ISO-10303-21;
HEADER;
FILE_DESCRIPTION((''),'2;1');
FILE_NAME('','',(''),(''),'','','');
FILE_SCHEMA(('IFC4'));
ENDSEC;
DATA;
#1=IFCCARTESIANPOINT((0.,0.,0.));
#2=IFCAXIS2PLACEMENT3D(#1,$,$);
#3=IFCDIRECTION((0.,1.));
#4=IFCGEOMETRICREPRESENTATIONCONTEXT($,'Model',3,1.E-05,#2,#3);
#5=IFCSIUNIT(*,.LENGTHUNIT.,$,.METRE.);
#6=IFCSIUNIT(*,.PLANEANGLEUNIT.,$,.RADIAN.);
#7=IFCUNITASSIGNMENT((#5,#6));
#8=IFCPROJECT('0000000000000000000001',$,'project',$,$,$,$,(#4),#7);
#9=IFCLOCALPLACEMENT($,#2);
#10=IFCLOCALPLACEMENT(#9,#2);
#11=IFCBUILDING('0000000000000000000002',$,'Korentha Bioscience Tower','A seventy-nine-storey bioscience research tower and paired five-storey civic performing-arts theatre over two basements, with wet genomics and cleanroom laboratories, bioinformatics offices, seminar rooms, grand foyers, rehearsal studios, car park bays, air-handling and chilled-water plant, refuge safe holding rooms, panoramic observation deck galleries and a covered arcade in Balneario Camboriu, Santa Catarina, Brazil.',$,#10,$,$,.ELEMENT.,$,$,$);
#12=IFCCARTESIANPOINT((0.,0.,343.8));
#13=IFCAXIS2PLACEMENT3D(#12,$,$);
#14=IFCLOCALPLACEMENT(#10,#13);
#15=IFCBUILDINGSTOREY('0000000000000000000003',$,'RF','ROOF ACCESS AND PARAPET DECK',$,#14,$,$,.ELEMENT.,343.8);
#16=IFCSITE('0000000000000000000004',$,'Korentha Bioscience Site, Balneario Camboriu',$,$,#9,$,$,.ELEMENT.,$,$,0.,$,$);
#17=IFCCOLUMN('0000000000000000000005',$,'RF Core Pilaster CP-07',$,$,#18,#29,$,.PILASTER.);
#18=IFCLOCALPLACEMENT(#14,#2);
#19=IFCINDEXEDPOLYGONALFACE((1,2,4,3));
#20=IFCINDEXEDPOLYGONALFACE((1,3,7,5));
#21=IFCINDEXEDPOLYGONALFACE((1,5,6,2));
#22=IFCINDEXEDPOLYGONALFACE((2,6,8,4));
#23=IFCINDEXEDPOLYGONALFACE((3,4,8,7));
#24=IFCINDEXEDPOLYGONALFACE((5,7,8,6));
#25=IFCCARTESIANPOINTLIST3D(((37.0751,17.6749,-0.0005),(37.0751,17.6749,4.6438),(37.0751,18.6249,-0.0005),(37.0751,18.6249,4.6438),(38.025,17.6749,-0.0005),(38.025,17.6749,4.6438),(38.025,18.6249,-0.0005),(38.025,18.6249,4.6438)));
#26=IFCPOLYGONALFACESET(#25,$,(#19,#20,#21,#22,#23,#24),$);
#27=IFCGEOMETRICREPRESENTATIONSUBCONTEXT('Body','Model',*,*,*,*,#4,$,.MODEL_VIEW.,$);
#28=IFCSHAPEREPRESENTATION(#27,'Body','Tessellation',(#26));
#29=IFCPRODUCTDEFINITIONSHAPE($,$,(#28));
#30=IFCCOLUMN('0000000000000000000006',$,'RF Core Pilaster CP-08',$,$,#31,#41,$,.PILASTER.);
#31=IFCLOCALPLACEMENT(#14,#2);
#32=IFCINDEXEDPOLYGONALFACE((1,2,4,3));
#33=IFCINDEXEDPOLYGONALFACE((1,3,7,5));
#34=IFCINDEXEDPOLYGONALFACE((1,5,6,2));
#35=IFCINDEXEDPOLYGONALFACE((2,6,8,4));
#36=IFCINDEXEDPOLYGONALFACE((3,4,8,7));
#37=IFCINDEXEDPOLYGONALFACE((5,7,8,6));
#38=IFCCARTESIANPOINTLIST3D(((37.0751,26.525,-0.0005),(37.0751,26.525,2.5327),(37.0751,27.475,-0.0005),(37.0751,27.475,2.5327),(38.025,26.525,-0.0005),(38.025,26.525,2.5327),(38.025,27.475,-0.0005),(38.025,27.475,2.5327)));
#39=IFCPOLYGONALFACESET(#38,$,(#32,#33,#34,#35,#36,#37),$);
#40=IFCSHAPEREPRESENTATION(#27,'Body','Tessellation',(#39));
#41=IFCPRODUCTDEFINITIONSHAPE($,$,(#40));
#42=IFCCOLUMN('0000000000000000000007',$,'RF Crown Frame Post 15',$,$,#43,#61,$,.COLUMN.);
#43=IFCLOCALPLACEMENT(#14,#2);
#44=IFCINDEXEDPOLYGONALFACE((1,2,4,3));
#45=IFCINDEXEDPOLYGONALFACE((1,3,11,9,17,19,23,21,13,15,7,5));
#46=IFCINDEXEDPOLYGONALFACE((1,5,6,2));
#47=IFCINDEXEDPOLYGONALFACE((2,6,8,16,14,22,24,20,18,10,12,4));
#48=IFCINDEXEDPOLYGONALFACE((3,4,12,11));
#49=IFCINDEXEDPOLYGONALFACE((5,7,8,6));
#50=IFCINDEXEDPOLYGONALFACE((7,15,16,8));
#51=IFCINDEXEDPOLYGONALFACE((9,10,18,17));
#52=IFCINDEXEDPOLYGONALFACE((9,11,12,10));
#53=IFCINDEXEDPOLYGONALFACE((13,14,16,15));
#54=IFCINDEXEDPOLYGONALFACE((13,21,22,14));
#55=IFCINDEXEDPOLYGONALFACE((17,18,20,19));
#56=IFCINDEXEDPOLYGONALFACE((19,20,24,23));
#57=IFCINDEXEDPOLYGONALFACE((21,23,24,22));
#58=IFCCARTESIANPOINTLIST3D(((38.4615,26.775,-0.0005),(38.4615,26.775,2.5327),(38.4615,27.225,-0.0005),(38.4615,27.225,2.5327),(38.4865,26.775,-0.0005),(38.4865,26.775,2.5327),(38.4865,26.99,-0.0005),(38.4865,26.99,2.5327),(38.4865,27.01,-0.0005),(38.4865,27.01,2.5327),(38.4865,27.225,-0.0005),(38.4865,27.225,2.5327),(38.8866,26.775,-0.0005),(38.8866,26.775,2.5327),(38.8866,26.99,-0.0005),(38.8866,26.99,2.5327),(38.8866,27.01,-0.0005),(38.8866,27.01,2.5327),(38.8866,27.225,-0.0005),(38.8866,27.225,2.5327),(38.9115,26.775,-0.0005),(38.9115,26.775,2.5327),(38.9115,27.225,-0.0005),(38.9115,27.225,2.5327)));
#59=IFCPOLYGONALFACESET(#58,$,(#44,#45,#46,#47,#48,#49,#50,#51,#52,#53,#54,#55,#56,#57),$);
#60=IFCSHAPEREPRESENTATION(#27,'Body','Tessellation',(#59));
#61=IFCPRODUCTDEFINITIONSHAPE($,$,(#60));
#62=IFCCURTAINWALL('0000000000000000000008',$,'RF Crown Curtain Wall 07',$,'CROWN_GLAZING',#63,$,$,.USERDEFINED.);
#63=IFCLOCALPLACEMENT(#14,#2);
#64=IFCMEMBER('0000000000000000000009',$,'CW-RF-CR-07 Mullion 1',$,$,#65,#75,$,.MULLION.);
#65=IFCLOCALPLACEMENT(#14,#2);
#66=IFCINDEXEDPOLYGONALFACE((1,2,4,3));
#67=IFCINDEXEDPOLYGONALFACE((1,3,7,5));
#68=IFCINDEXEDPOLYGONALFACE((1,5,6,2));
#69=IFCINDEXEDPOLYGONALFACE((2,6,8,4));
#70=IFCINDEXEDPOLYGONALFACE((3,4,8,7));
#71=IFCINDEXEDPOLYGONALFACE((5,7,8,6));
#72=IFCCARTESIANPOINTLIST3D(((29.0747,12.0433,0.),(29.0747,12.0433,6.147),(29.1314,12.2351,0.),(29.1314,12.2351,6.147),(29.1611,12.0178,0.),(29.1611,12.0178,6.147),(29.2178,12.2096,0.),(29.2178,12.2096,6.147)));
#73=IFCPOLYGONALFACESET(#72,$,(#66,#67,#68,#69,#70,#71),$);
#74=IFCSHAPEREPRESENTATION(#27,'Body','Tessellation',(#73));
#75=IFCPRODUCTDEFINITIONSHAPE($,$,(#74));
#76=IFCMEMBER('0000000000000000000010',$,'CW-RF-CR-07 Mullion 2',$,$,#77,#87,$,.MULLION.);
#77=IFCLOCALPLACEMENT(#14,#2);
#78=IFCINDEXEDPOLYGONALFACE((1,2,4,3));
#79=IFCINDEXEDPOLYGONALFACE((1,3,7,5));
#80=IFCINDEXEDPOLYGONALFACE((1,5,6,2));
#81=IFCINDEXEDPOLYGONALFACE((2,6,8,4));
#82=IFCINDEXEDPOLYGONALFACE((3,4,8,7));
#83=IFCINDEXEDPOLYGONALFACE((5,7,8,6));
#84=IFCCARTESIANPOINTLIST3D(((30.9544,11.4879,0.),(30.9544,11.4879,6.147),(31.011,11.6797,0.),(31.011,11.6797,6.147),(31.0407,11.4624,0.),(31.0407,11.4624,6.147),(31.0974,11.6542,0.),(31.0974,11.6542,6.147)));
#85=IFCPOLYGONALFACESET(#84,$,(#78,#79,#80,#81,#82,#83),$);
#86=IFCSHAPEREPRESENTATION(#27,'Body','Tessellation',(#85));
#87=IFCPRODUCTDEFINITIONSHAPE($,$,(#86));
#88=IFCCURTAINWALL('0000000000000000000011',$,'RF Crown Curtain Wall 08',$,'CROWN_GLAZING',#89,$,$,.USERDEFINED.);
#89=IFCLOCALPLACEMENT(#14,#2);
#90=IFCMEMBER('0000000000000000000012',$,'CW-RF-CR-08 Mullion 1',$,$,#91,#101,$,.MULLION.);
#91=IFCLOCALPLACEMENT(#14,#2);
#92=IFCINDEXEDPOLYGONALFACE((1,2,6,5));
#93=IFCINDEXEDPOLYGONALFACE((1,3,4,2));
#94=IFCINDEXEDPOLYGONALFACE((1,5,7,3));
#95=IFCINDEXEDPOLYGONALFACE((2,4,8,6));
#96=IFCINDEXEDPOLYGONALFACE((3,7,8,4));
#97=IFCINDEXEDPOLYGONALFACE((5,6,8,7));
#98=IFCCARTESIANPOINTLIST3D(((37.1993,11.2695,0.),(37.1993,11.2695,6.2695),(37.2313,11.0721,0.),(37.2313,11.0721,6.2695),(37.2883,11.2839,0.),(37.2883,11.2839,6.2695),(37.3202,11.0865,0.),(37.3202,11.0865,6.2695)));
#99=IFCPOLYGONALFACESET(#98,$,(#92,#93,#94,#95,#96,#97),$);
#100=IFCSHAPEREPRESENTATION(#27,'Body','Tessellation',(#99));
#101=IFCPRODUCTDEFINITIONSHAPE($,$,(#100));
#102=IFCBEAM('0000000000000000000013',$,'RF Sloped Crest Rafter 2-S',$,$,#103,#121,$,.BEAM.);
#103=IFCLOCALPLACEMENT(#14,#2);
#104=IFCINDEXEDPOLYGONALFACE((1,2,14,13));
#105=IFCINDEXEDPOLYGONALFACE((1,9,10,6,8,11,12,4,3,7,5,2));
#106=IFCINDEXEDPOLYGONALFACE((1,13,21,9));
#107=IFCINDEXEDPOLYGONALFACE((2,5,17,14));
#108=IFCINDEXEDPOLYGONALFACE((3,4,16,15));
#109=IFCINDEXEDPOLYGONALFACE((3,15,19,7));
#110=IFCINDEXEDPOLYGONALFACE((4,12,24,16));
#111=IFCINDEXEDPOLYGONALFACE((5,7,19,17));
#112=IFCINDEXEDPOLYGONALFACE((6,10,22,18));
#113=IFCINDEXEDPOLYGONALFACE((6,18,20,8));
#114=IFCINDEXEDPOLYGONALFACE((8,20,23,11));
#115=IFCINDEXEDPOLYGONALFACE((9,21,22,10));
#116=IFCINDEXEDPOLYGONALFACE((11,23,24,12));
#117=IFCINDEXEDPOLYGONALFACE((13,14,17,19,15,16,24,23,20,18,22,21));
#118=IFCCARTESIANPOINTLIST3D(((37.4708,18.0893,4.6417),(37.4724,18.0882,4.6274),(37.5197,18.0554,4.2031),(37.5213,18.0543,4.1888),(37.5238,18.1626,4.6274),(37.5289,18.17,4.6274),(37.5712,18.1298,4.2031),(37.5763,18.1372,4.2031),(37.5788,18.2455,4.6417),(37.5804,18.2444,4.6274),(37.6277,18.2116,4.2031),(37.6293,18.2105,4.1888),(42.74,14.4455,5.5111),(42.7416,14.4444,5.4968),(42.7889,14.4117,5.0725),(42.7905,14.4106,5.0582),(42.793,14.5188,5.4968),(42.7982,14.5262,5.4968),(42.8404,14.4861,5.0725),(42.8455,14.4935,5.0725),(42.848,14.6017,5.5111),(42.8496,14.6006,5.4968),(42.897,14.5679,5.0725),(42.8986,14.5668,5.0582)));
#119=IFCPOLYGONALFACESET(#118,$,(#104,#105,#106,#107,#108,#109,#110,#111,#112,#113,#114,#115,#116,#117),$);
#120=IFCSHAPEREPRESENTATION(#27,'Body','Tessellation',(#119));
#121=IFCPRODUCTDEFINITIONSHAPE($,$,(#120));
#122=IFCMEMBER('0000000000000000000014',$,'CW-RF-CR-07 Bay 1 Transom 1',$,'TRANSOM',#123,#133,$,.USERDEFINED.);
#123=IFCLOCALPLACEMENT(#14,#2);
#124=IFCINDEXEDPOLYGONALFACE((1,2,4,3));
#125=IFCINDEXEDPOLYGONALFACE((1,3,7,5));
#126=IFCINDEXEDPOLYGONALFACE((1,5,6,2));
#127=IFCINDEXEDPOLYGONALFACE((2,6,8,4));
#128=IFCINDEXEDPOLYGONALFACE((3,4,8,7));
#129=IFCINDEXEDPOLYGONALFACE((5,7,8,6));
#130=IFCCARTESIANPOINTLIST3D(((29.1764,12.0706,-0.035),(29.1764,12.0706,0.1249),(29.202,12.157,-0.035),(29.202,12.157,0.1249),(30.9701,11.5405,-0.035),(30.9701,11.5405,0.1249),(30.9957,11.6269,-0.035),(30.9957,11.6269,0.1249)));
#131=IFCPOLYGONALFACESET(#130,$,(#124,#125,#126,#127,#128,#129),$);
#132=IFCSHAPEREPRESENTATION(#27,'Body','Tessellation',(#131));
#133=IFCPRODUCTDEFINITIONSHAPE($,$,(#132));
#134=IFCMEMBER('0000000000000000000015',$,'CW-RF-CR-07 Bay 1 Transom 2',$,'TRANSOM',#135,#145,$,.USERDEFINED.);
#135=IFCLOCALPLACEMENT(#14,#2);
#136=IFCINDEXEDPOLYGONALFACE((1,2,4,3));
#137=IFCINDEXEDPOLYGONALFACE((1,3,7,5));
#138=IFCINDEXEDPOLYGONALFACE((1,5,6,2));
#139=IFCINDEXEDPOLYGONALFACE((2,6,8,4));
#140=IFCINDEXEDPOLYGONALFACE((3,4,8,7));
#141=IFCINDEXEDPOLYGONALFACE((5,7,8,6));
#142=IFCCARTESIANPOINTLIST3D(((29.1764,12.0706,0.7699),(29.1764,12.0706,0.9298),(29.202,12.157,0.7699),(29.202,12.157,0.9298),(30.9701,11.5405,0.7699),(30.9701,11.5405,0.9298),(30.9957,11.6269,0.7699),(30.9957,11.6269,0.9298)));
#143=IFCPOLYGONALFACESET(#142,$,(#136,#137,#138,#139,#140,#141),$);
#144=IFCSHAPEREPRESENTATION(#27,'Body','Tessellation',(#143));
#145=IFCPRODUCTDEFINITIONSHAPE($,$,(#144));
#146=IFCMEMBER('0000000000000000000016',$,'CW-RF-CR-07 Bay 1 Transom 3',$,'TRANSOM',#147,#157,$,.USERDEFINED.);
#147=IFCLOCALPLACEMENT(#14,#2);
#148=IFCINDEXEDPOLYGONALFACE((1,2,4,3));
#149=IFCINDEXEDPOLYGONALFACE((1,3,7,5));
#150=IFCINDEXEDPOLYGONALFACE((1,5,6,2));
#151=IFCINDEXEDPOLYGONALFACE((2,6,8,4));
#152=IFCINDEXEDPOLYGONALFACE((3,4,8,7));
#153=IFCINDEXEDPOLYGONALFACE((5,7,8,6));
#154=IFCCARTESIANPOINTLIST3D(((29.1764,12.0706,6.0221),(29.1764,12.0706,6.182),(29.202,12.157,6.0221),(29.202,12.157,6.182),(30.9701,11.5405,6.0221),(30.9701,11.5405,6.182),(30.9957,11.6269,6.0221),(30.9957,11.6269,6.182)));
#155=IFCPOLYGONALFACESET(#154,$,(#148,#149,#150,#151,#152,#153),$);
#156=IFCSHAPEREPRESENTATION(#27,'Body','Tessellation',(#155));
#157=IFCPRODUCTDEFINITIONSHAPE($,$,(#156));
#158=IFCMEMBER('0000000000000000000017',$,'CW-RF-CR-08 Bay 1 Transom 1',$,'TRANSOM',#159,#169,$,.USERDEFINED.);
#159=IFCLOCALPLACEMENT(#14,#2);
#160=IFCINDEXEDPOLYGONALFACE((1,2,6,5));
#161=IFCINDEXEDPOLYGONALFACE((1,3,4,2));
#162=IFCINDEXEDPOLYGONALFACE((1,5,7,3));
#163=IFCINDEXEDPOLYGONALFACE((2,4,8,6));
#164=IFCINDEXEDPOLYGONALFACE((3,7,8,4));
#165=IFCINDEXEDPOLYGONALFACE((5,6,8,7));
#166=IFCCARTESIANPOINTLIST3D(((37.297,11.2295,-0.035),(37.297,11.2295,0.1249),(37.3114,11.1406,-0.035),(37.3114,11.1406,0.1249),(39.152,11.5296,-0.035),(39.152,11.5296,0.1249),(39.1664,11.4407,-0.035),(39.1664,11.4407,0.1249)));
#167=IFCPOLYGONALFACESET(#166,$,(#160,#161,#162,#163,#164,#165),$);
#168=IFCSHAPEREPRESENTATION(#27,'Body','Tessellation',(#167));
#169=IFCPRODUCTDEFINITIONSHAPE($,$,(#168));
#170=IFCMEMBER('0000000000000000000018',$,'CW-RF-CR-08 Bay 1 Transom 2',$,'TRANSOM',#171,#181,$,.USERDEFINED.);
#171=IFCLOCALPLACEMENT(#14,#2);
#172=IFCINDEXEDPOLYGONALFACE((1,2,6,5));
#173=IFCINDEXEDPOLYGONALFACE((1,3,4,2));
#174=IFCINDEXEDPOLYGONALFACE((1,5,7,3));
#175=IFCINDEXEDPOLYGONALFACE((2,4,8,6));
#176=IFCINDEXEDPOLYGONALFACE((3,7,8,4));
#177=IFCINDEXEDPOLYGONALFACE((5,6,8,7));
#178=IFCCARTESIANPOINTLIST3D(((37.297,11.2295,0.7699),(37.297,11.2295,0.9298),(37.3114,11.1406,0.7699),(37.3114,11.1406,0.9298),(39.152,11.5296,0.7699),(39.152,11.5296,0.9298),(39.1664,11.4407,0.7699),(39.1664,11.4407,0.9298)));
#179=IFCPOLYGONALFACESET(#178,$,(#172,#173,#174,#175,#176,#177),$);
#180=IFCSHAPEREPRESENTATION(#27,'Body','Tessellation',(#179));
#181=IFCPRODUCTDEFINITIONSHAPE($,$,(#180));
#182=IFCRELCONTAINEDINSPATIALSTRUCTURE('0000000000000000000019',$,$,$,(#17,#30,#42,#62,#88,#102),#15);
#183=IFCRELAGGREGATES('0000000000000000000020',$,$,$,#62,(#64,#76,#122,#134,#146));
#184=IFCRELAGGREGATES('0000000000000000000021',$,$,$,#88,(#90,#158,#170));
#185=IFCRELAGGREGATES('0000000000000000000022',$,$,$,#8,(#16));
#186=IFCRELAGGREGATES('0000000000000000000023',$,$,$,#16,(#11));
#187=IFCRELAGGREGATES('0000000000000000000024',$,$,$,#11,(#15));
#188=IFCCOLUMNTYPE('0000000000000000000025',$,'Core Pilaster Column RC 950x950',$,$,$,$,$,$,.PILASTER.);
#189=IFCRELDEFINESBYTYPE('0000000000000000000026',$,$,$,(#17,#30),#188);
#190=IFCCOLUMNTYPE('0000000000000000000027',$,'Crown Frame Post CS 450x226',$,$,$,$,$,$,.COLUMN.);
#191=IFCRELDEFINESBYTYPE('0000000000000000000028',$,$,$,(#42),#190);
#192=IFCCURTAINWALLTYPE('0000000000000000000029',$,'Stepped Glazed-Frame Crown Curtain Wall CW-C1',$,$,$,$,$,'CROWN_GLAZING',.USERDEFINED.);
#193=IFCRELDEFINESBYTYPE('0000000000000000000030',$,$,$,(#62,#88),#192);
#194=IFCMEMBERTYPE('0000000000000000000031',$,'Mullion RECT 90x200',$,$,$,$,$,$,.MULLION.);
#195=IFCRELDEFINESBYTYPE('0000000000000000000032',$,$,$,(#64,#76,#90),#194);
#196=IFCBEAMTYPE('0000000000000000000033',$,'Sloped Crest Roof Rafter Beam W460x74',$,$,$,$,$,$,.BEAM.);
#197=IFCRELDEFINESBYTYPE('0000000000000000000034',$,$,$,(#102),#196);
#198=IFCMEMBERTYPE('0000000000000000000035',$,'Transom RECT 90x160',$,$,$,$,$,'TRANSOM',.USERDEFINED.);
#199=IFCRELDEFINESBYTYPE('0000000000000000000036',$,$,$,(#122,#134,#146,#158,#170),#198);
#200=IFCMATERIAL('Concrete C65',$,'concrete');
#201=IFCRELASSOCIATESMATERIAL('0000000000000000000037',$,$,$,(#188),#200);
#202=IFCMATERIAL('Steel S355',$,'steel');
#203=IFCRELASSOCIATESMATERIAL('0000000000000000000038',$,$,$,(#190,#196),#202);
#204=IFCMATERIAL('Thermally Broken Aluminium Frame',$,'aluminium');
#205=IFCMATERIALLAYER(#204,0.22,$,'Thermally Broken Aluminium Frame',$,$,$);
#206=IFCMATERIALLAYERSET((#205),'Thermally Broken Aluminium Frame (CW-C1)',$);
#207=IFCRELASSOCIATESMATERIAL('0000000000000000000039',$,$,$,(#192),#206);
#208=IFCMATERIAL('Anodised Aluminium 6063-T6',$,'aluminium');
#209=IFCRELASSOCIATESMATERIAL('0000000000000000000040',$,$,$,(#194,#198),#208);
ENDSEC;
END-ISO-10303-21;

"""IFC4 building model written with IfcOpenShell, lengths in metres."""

from ifc_helpers import new_model, si_unit, direction, frame, origin, origin_2d, place, context, subcontext, project, spatial, rectangle, i_section, extrude, material, layer, layer_set, material_profile, profile_set, type_object, element, aggregate, save


model = new_model("IFC4")

# Units and contexts
model_context = context("Model", 3, precision=1e-05, world=origin(), true_north=direction((0.0, 1.0)))
body_context = subcontext(model_context, "Body", "Model", "MODEL_VIEW")
ifc_project = project(units=[si_unit("LENGTHUNIT", "METRE"), si_unit("PLANEANGLEUNIT", "RADIAN")], contexts=[model_context])

# Site, building, storey
site_placement = place(None, origin())
site = spatial("IfcSite", under=ifc_project, at=site_placement, Name="Korentha Bioscience Site, Balneario Camboriu", CompositionType="ELEMENT", RefElevation=0.0)
building_placement = place(site_placement, origin())
building = spatial("IfcBuilding", under=site, at=building_placement, Name="Korentha Bioscience Tower", Description="A seventy-nine-storey bioscience research tower and paired five-storey civic performing-arts theatre over two basements, with wet genomics and cleanroom laboratories, bioinformatics offices, seminar rooms, grand foyers, rehearsal studios, car park bays, air-handling and chilled-water plant, refuge safe holding rooms, panoramic observation deck galleries and a covered arcade in Balneario Camboriu, Santa Catarina, Brazil.", CompositionType="ELEMENT")
storey_placement = place(building_placement, frame((0.0, 0.0, 343.8)))
storey = spatial("IfcBuildingStorey", under=building, at=storey_placement, Name="RF", Description="ROOF ACCESS AND PARAPET DECK", CompositionType="ELEMENT", Elevation=343.8)

# Columns
ifc_material_1 = material(Name="Concrete C65", Category="concrete")
ifc_material_profile_1 = material_profile(ifc_material_1, rectangle(XDim=0.95, YDim=0.95, at=origin_2d()), Name="Concrete C65")
ifc_profile_set_1 = profile_set([ifc_material_profile_1], Name="Concrete C65 (COL-CP09)")
column_type_1 = type_object("IfcColumnType", Name="Core Pilaster Column RC 950x950", PredefinedType="PILASTER", material=ifc_profile_set_1)
column_1_placement = place(storey_placement, frame((37.55, 18.1499, -0.0005), z_axis=(0.0, 0.0, 1.0), x_axis=(1.0, 0.0, 0.0)))
element("IfcColumn", 1, at=column_1_placement, inside=storey, type_object=column_type_1, Name="RF Core Pilaster CP-07", PredefinedType="PILASTER", context=body_context, shape_type="SweptSolid", body=[
    extrude(rectangle(XDim=0.95, YDim=0.95, at=origin_2d()), origin(), (0.0, 0.0, 1.0), 4.6443),
])
column_2_placement = place(storey_placement, frame((37.55, 27.0, -0.0005), z_axis=(0.0, 0.0, 1.0), x_axis=(1.0, 0.0, 0.0)))
element("IfcColumn", 2, at=column_2_placement, inside=storey, type_object=column_type_1, Name="RF Core Pilaster CP-08", PredefinedType="PILASTER", context=body_context, shape_type="SweptSolid", body=[
    extrude(rectangle(XDim=0.95, YDim=0.95, at=origin_2d()), origin(), (0.0, 0.0, 1.0), 2.5332),
])
ifc_material_2 = material(Name="Steel S355", Category="steel")
ifc_material_profile_2 = material_profile(ifc_material_2, i_section(OverallWidth=0.45, OverallDepth=0.45, WebThickness=0.02, FlangeThickness=0.0249, at=origin_2d()), Name="Steel S355")
ifc_profile_set_2 = profile_set([ifc_material_profile_2], Name="Steel S355 (CF-C1)")
column_type_2 = type_object("IfcColumnType", Name="Crown Frame Post CS 450x226", PredefinedType="COLUMN", material=ifc_profile_set_2)
column_3_placement = place(storey_placement, frame((38.6865, 27.0, -0.0005), z_axis=(0.0, 0.0, 1.0), x_axis=(0.0, 1.0, 0.0)))
element("IfcColumn", 3, at=column_3_placement, inside=storey, type_object=column_type_2, Name="RF Crown Frame Post 15", PredefinedType="COLUMN", context=body_context, shape_type="SweptSolid", body=[
    extrude(i_section(OverallWidth=0.45, OverallDepth=0.45, WebThickness=0.02, FlangeThickness=0.0249, at=origin_2d()), origin(), (0.0, 0.0, 1.0), 2.5332),
])

# Curtain wall, members
ifc_material_3 = material(Name="Thermally Broken Aluminium Frame", Category="aluminium")
ifc_layer_1 = layer(ifc_material_3, 0.22, Name="Thermally Broken Aluminium Frame")
ifc_layer_set_1 = layer_set([ifc_layer_1], Name="Thermally Broken Aluminium Frame (CW-C1)")
curtain_wall_type = type_object("IfcCurtainWallType", Name="Stepped Glazed-Frame Crown Curtain Wall CW-C1", ElementType="CROWN_GLAZING", PredefinedType="USERDEFINED", material=ifc_layer_set_1)
curtain_wall_1_placement = place(storey_placement, origin())
curtain_wall_1 = element("IfcCurtainWall", 4, at=curtain_wall_1_placement, inside=storey, type_object=curtain_wall_type, Name="RF Crown Curtain Wall 07", ObjectType="CROWN_GLAZING", PredefinedType="USERDEFINED")
ifc_material_4 = material(Name="Anodised Aluminium 6063-T6", Category="aluminium")
ifc_material_profile_3 = material_profile(ifc_material_4, rectangle(XDim=0.0901, YDim=0.2, at=origin_2d()), Name="Anodised Aluminium 6063-T6")
ifc_profile_set_3 = profile_set([ifc_material_profile_3], Name="Anodised Aluminium 6063-T6 (CW-MUL)")
member_type_1 = type_object("IfcMemberType", Name="Mullion RECT 90x200", PredefinedType="MULLION", material=ifc_profile_set_3)
member_1_placement = place(storey_placement, frame((29.1462, 12.1265, 0.0), z_axis=(0.0, 0.0, 1.0), x_axis=(0.959017, -0.283349, 0.0)))
member_1 = element("IfcMember", 5, at=member_1_placement, type_object=member_type_1, Name="CW-RF-CR-07 Mullion 1", PredefinedType="MULLION", context=body_context, shape_type="SweptSolid", body=[
    extrude(rectangle(XDim=0.0901, YDim=0.2, at=origin_2d()), origin(), (0.0, 0.0, 1.0), 6.147),
])
member_2_placement = place(storey_placement, frame((31.0259, 11.571, 0.0), z_axis=(0.0, 0.0, 1.0), x_axis=(0.959017, -0.283349, 0.0)))
member_2 = element("IfcMember", 6, at=member_2_placement, type_object=member_type_1, Name="CW-RF-CR-07 Mullion 2", PredefinedType="MULLION", context=body_context, shape_type="SweptSolid", body=[
    extrude(rectangle(XDim=0.0901, YDim=0.2, at=origin_2d()), origin(), (0.0, 0.0, 1.0), 6.147),
])

# Curtain wall, member
curtain_wall_2_placement = place(storey_placement, origin())
curtain_wall_2 = element("IfcCurtainWall", 7, at=curtain_wall_2_placement, inside=storey, type_object=curtain_wall_type, Name="RF Crown Curtain Wall 08", ObjectType="CROWN_GLAZING", PredefinedType="USERDEFINED")
member_3_placement = place(storey_placement, frame((37.2598, 11.178, 0.0), z_axis=(0.0, 0.0, 1.0), x_axis=(0.987177, 0.159632, 0.0)))
member_3 = element("IfcMember", 8, at=member_3_placement, type_object=member_type_1, Name="CW-RF-CR-08 Mullion 1", PredefinedType="MULLION", context=body_context, shape_type="SweptSolid", body=[
    extrude(rectangle(XDim=0.0901, YDim=0.2, at=origin_2d()), origin(), (0.0, 0.0, 1.0), 6.2695),
])

# Beam
ifc_material_profile_4 = material_profile(ifc_material_2, i_section(OverallWidth=0.1899, OverallDepth=0.457, WebThickness=0.009, FlangeThickness=0.0144, at=origin_2d()), Name="Steel S355")
ifc_profile_set_4 = profile_set([ifc_material_profile_4], Name="Steel S355 (CR-B460)")
beam_type = type_object("IfcBeamType", Name="Sloped Crest Roof Rafter Beam W460x74", PredefinedType="BEAM", material=ifc_profile_set_4)
beam_placement = place(storey_placement, frame((37.55, 18.1499, 4.4153), z_axis=(0.815026, -0.563604, 0.134472), x_axis=(0.56877, 0.822497, 0.0)))
element("IfcBeam", 9, at=beam_placement, inside=storey, type_object=beam_type, Name="RF Sloped Crest Rafter 2-S", PredefinedType="BEAM", context=body_context, shape_type="SweptSolid", body=[
    extrude(i_section(OverallWidth=0.1899, OverallDepth=0.457, WebThickness=0.009, FlangeThickness=0.0144, at=origin_2d()), origin(), (0.0, 0.0, 1.0), 6.4651),
])

# Members
ifc_material_profile_5 = material_profile(ifc_material_4, rectangle(XDim=0.0901, YDim=0.1599, at=origin_2d()), Name="Anodised Aluminium 6063-T6")
ifc_profile_set_5 = profile_set([ifc_material_profile_5], Name="Anodised Aluminium 6063-T6 (CW-TRN)")
member_type_2 = type_object("IfcMemberType", Name="Transom RECT 90x160", ElementType="TRANSOM", PredefinedType="USERDEFINED", material=ifc_profile_set_5)
member_4_placement = place(storey_placement, frame((29.1892, 12.1138, 0.0449), z_axis=(0.959007, -0.283382, 0.0), x_axis=(0.283382, 0.959007, 0.0)))
member_4 = element("IfcMember", 10, at=member_4_placement, type_object=member_type_2, Name="CW-RF-CR-07 Bay 1 Transom 1", ObjectType="TRANSOM", PredefinedType="USERDEFINED", context=body_context, shape_type="SweptSolid", body=[
    extrude(rectangle(XDim=0.0901, YDim=0.1599, at=origin_2d()), origin(), (0.0, 0.0, 1.0), 1.8704),
])
member_5_placement = place(storey_placement, frame((29.1892, 12.1138, 0.8499), z_axis=(0.959007, -0.283382, 0.0), x_axis=(0.283382, 0.959007, 0.0)))
member_5 = element("IfcMember", 11, at=member_5_placement, type_object=member_type_2, Name="CW-RF-CR-07 Bay 1 Transom 2", ObjectType="TRANSOM", PredefinedType="USERDEFINED", context=body_context, shape_type="SweptSolid", body=[
    extrude(rectangle(XDim=0.0901, YDim=0.1599, at=origin_2d()), origin(), (0.0, 0.0, 1.0), 1.8704),
])
member_6_placement = place(storey_placement, frame((29.1892, 12.1138, 6.1021), z_axis=(0.959007, -0.283382, 0.0), x_axis=(0.283382, 0.959007, 0.0)))
member_6 = element("IfcMember", 12, at=member_6_placement, type_object=member_type_2, Name="CW-RF-CR-07 Bay 1 Transom 3", ObjectType="TRANSOM", PredefinedType="USERDEFINED", context=body_context, shape_type="SweptSolid", body=[
    extrude(rectangle(XDim=0.0901, YDim=0.1599, at=origin_2d()), origin(), (0.0, 0.0, 1.0), 1.8704),
])
member_7_placement = place(storey_placement, frame((37.3042, 11.1851, 0.0449), z_axis=(0.987169, 0.159678, 0.0), x_axis=(-0.159678, 0.987169, 0.0)))
member_7 = element("IfcMember", 13, at=member_7_placement, type_object=member_type_2, Name="CW-RF-CR-08 Bay 1 Transom 1", ObjectType="TRANSOM", PredefinedType="USERDEFINED", context=body_context, shape_type="SweptSolid", body=[
    extrude(rectangle(XDim=0.0901, YDim=0.1599, at=origin_2d()), origin(), (0.0, 0.0, 1.0), 1.8792),
])
member_8_placement = place(storey_placement, frame((37.3042, 11.1851, 0.8499), z_axis=(0.987169, 0.159678, 0.0), x_axis=(-0.159678, 0.987169, 0.0)))
member_8 = element("IfcMember", 14, at=member_8_placement, type_object=member_type_2, Name="CW-RF-CR-08 Bay 1 Transom 2", ObjectType="TRANSOM", PredefinedType="USERDEFINED", context=body_context, shape_type="SweptSolid", body=[
    extrude(rectangle(XDim=0.0901, YDim=0.1599, at=origin_2d()), origin(), (0.0, 0.0, 1.0), 1.8792),
])

aggregate(curtain_wall_1, [member_1, member_2, member_4, member_5, member_6])
aggregate(curtain_wall_2, [member_3, member_7, member_8])

save(model, "model.ifc")
